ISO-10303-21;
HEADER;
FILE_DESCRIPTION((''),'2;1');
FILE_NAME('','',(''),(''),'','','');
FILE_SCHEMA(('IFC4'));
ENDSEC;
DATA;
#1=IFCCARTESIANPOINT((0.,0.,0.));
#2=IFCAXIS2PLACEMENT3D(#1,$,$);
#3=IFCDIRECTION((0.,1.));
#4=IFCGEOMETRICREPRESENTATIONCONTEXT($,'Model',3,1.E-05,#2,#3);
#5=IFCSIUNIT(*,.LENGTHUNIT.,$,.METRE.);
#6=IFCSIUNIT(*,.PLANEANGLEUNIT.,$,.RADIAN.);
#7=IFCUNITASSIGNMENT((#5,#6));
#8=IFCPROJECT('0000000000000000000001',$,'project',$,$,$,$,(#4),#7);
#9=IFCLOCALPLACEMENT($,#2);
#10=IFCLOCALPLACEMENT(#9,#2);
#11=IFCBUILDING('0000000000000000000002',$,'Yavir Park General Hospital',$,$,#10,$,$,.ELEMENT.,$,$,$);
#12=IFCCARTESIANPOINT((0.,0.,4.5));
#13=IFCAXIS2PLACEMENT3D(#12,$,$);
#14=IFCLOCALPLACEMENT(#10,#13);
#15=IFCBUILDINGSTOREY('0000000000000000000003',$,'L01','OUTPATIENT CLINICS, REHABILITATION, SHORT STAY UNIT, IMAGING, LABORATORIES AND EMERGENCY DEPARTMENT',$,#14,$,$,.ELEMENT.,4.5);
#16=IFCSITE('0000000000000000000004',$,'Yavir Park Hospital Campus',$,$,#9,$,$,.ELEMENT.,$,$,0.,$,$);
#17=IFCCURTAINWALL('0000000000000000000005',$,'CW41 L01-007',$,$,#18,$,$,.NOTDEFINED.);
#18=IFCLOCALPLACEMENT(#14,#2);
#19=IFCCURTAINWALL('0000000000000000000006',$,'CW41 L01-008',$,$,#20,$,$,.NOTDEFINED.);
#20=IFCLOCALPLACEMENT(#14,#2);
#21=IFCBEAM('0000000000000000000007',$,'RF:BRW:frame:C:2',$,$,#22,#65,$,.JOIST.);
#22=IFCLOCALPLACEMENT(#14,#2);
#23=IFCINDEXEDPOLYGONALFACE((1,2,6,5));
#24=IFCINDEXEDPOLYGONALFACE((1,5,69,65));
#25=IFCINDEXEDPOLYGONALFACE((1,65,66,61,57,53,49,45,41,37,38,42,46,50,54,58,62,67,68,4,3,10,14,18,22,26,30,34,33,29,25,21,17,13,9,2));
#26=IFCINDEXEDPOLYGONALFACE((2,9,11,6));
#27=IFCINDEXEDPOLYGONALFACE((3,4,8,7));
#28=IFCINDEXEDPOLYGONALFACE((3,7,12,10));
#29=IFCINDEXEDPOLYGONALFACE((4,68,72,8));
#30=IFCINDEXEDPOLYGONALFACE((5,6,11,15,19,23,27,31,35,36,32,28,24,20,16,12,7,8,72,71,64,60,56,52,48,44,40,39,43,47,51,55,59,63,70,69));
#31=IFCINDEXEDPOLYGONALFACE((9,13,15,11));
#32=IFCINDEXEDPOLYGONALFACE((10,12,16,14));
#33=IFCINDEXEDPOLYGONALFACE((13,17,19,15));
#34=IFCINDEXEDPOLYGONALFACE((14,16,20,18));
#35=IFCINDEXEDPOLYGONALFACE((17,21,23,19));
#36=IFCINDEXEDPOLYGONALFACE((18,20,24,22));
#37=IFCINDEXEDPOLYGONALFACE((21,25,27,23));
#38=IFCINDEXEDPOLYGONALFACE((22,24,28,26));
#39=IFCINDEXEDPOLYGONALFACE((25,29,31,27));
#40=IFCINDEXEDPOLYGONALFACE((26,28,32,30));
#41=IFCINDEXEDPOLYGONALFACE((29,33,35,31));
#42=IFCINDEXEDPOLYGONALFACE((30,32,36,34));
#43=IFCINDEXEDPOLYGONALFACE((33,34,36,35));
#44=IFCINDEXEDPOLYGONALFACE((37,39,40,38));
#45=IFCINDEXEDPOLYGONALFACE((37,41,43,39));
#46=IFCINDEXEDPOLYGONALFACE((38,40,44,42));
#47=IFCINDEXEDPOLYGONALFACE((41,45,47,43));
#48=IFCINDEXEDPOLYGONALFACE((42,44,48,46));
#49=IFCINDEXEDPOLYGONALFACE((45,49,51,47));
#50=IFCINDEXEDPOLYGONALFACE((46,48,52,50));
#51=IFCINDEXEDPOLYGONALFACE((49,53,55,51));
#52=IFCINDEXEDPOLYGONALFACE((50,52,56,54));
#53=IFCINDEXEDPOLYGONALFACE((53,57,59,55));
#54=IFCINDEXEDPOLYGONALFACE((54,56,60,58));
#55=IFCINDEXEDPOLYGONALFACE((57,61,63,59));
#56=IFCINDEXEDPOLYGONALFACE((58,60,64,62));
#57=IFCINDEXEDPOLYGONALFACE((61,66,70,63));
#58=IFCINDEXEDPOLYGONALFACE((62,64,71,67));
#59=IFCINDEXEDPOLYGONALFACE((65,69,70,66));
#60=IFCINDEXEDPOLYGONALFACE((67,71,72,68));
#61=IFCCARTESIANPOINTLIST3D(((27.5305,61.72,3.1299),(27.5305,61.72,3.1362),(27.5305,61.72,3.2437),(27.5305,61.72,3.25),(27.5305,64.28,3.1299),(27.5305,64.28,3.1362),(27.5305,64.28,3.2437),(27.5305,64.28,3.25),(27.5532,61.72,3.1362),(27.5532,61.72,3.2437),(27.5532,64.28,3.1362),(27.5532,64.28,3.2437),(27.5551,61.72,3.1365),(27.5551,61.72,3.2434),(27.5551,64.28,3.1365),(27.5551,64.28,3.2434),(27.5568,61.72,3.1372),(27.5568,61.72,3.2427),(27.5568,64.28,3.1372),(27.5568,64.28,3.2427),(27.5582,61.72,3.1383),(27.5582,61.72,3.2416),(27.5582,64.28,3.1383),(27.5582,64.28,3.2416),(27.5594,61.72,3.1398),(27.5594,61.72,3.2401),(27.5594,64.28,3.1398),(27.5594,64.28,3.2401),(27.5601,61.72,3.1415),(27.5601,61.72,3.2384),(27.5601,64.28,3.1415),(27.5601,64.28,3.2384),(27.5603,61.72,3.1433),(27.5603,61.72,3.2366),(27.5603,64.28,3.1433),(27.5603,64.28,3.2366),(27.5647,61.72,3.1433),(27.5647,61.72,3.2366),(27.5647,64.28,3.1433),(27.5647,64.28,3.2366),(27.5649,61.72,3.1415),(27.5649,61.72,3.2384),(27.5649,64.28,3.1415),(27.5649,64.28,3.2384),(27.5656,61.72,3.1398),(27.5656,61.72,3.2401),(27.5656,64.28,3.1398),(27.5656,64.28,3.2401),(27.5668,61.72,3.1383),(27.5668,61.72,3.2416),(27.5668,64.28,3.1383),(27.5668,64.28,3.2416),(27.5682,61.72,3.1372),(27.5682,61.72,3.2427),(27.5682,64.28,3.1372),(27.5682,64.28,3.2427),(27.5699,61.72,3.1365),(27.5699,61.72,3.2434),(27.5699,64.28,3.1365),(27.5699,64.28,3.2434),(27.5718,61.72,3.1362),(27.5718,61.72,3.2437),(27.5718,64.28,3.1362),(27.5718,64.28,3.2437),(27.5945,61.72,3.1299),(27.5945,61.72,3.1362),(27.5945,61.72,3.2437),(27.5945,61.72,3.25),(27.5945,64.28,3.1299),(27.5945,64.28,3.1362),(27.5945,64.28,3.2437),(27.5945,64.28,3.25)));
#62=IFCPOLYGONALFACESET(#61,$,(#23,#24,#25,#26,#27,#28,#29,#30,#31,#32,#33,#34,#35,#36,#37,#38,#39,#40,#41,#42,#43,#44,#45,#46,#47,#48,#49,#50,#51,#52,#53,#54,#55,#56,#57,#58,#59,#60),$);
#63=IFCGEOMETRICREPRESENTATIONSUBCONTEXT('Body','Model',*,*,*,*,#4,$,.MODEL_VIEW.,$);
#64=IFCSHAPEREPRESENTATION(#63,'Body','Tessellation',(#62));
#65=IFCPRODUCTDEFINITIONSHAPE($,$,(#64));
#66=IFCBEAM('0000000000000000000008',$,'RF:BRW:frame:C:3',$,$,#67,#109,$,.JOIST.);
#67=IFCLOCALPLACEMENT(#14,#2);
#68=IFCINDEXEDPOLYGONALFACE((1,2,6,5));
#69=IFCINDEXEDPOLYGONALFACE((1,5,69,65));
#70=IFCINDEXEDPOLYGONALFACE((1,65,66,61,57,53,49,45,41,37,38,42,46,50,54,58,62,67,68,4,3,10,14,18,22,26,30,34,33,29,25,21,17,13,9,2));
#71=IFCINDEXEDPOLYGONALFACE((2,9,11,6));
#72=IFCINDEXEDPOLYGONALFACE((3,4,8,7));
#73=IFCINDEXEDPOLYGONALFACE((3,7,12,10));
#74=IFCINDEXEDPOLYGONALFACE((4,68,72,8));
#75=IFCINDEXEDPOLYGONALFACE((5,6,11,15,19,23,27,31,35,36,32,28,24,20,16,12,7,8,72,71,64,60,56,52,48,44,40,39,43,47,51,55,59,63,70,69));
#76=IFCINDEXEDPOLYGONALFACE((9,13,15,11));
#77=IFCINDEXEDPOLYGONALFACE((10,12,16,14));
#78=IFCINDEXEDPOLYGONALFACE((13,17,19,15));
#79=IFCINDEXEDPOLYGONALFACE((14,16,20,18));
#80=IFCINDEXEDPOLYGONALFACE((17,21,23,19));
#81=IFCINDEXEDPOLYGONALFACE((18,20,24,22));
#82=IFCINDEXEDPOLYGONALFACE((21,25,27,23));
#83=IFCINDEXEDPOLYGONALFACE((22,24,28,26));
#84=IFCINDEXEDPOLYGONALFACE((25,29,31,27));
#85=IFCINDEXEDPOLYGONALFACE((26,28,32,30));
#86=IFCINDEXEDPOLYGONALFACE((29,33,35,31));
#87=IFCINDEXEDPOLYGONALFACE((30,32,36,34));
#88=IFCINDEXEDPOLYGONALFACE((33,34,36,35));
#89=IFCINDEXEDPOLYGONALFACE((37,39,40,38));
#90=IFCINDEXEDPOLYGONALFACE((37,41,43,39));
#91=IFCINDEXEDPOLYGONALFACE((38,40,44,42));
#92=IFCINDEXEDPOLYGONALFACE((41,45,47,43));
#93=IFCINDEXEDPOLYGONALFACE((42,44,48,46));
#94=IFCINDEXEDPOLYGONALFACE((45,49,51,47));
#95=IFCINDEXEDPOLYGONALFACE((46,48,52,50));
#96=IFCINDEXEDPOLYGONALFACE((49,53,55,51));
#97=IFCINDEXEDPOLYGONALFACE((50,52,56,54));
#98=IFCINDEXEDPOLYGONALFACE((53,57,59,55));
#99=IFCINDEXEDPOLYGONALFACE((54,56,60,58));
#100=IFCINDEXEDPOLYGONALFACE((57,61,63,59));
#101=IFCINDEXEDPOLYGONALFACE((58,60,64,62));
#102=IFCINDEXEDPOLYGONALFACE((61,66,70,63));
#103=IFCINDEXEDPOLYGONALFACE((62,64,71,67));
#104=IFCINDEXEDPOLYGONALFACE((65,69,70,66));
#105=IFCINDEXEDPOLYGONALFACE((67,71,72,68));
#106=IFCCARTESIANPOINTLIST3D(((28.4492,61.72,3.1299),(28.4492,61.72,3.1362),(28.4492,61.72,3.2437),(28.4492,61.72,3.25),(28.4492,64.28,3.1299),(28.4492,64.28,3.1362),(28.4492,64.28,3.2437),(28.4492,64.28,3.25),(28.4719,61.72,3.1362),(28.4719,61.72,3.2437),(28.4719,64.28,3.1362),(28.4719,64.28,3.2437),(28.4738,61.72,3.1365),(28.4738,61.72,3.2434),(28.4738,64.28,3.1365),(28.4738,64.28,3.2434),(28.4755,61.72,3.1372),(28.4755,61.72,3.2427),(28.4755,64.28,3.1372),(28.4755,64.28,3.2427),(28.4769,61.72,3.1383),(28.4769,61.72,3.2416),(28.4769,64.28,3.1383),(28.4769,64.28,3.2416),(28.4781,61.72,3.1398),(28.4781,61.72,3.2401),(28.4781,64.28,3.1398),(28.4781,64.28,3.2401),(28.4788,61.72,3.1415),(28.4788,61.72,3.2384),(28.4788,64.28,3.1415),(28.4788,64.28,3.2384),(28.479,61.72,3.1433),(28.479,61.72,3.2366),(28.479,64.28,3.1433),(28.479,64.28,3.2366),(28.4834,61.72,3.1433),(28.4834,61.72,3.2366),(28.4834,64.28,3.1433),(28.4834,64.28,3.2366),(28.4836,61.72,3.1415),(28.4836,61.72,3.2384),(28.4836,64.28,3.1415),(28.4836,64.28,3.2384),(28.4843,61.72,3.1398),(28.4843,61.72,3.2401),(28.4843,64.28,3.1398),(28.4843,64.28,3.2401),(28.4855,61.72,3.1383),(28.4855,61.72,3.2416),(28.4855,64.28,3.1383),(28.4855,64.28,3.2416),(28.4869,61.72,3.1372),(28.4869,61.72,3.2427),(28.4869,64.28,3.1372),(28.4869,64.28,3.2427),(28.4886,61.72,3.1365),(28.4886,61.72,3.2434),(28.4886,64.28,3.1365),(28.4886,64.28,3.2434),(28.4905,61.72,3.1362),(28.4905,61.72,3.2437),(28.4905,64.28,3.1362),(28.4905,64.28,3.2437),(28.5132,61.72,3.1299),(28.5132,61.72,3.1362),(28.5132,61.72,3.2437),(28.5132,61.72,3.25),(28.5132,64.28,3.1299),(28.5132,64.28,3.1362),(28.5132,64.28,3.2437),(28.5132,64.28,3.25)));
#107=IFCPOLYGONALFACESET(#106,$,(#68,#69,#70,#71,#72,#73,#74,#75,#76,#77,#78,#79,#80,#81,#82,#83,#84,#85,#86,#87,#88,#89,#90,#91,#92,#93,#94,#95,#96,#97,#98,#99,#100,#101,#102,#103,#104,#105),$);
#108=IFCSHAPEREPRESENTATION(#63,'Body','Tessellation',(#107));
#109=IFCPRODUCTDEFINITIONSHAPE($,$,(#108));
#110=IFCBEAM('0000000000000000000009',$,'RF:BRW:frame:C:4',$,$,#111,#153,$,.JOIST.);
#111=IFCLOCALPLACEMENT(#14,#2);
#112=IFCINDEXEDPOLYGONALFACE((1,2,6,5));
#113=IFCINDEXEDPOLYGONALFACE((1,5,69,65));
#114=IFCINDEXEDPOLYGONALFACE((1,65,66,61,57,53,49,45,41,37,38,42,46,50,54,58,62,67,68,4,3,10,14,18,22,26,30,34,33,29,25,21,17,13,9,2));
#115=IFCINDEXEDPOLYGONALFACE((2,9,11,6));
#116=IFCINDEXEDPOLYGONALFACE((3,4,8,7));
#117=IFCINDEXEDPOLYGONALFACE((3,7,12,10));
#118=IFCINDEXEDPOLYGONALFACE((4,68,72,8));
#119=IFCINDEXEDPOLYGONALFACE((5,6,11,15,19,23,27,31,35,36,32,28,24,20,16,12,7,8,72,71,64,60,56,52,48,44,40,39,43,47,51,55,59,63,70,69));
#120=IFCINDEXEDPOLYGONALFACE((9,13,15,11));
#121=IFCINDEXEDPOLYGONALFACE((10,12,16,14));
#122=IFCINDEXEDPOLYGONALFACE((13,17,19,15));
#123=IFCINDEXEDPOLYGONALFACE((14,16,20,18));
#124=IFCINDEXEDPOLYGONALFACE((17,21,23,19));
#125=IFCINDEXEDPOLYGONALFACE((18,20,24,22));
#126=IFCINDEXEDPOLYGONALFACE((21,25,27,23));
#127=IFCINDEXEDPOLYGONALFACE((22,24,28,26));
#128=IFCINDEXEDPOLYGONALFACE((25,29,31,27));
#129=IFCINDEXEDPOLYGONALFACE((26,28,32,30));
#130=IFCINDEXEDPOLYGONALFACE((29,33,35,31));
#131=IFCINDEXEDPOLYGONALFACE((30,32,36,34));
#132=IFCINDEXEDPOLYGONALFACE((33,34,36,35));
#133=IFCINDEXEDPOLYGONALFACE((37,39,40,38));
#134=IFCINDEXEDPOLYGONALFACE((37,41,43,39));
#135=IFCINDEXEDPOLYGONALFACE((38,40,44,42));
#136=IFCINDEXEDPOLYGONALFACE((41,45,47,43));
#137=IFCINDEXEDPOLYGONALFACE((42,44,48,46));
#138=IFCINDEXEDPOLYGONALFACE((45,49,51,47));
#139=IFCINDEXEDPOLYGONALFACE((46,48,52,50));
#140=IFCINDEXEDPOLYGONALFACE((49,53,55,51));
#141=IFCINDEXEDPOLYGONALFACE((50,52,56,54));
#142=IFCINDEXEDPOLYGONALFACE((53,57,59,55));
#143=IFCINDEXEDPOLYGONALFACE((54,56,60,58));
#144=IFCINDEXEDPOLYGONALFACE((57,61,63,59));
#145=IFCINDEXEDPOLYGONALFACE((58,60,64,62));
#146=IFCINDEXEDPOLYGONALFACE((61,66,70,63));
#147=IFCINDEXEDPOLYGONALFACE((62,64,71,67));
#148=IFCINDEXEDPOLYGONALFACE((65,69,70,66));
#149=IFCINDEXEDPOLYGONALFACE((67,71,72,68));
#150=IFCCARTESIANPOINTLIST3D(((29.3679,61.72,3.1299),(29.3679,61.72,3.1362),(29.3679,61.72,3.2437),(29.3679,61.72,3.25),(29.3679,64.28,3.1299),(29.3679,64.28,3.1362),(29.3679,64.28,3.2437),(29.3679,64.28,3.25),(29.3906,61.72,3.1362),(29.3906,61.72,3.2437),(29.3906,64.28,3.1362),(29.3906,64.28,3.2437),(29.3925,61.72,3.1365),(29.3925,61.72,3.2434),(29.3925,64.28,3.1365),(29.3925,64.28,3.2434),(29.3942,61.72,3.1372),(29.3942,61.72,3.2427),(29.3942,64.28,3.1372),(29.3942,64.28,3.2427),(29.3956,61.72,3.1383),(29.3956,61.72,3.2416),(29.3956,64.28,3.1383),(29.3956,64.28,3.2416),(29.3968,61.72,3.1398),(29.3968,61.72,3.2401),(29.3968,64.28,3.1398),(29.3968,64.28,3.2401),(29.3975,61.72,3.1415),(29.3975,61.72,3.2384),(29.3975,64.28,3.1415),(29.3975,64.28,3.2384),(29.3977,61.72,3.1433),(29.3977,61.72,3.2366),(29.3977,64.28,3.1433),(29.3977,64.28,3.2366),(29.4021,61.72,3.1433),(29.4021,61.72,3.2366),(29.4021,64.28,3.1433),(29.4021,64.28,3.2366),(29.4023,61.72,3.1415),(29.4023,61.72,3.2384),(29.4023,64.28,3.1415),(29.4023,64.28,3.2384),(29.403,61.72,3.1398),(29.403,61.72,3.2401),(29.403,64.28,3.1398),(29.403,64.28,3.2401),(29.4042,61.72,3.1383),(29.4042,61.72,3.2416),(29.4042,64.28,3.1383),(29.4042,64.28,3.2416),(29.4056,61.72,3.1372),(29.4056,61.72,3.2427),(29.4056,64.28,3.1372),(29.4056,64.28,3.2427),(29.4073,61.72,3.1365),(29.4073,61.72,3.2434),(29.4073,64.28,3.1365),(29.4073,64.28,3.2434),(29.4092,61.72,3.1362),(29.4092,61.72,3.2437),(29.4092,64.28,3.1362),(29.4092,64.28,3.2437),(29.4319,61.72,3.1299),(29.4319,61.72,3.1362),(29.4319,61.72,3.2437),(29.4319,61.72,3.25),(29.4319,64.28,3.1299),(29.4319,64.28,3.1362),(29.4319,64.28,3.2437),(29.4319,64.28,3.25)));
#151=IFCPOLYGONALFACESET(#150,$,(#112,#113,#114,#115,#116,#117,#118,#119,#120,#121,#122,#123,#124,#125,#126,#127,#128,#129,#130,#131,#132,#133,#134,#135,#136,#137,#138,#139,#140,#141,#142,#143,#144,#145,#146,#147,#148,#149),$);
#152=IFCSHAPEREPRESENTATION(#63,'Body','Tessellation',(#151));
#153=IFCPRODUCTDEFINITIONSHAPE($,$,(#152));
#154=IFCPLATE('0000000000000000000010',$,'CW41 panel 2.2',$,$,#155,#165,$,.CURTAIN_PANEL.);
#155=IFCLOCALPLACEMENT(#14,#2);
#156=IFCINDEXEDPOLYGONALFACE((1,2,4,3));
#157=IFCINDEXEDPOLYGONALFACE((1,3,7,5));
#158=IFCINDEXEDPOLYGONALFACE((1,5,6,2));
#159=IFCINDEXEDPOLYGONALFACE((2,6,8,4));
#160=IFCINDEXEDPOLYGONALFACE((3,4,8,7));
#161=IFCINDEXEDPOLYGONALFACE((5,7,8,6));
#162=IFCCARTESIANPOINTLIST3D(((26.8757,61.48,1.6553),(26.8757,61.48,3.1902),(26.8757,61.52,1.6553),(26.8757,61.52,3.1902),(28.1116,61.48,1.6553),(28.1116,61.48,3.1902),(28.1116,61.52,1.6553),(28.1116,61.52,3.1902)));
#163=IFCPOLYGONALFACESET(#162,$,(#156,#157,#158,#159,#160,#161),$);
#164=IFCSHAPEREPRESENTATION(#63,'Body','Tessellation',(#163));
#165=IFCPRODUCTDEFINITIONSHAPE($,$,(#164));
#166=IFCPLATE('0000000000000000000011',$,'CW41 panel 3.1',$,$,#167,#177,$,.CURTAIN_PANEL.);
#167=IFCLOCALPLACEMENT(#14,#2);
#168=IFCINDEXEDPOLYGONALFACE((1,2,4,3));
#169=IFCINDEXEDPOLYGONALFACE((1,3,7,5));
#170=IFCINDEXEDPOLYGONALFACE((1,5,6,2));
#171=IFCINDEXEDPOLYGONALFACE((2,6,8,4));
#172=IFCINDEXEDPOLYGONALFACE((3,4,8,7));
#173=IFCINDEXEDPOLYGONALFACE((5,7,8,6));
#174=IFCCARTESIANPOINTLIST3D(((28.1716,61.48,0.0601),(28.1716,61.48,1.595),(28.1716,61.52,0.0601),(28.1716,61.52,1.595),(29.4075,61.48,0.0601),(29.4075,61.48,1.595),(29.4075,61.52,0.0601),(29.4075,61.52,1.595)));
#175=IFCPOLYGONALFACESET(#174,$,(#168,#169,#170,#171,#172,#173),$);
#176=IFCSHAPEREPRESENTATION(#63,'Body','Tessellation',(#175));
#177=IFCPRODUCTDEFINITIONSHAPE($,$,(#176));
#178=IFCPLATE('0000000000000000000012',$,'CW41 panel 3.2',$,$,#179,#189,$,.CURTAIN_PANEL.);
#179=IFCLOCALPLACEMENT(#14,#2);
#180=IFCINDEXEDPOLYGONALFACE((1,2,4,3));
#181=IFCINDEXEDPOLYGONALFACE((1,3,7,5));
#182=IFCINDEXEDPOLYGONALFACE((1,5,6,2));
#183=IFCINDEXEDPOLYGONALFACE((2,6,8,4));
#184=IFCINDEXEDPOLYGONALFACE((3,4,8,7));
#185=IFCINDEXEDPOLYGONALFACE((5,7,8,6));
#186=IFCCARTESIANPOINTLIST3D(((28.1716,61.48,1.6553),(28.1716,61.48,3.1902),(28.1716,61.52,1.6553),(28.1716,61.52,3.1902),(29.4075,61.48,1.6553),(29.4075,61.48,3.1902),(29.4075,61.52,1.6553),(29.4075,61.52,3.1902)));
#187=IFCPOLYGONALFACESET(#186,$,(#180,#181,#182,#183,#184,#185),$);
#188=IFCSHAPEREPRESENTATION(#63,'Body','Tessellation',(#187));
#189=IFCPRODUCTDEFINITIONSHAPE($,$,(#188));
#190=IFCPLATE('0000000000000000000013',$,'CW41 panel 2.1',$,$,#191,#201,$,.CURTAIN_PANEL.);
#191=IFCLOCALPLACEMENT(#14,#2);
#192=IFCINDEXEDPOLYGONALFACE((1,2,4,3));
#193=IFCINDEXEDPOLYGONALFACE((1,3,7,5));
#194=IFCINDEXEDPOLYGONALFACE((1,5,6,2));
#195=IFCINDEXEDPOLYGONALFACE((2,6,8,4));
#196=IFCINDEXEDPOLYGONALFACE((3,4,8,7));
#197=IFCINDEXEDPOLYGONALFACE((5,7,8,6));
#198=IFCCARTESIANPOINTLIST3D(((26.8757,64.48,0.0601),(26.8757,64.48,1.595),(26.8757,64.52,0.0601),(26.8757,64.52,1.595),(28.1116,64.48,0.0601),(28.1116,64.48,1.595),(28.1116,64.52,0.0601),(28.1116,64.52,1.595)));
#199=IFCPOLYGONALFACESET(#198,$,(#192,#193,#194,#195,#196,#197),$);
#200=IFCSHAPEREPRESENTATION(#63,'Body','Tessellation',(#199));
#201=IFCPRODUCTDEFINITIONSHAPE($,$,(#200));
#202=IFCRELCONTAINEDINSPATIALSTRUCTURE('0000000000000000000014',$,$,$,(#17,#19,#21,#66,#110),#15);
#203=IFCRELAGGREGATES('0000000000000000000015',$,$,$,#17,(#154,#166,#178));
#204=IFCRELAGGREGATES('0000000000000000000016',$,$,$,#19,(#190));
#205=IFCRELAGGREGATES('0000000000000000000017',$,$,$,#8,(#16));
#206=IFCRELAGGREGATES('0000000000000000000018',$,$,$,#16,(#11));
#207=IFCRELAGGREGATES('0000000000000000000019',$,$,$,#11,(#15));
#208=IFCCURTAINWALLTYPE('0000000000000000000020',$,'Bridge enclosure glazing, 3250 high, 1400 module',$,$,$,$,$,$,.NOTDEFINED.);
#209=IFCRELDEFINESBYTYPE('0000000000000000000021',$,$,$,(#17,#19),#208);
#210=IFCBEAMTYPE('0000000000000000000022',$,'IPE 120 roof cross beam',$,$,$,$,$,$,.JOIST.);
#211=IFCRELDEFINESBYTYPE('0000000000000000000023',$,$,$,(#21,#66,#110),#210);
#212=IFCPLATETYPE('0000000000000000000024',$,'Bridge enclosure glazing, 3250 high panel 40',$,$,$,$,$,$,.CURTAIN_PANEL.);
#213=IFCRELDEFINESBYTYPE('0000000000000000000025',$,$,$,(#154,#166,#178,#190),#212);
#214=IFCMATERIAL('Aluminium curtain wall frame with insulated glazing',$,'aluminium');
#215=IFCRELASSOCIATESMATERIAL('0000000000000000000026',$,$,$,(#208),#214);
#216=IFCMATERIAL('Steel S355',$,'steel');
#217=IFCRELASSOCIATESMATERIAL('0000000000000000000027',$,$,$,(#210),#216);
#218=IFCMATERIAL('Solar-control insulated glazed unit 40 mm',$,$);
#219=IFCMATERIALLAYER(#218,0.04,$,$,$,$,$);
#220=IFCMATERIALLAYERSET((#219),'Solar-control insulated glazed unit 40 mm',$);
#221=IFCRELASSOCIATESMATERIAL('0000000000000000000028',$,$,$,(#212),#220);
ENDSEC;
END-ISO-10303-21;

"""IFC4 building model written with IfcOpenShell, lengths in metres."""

from ifc_helpers import new_model, si_unit, direction, frame, origin, origin_2d, place, context, subcontext, project, spatial, rectangle, i_section, extrude, material, layer, layer_set, material_profile, profile_set, type_object, element, aggregate, save


model = new_model("IFC4")

# Units and contexts
model_context = context("Model", 3, precision=1e-05, world=origin(), true_north=direction((0.0, 1.0)))
body_context = subcontext(model_context, "Body", "Model", "MODEL_VIEW")
ifc_project = project(units=[si_unit("LENGTHUNIT", "METRE"), si_unit("PLANEANGLEUNIT", "RADIAN")], contexts=[model_context])

# Site, building, storey
site_placement = place(None, origin())
site = spatial("IfcSite", under=ifc_project, at=site_placement, Name="Yavir Park Hospital Campus", CompositionType="ELEMENT", RefElevation=0.0)
building_placement = place(site_placement, origin())
building = spatial("IfcBuilding", under=site, at=building_placement, Name="Yavir Park General Hospital", CompositionType="ELEMENT")
storey_placement = place(building_placement, frame((0.0, 0.0, 4.5)))
storey = spatial("IfcBuildingStorey", under=building, at=storey_placement, Name="L01", Description="OUTPATIENT CLINICS, REHABILITATION, SHORT STAY UNIT, IMAGING, LABORATORIES AND EMERGENCY DEPARTMENT", CompositionType="ELEMENT", Elevation=4.5)

# Curtain walls
ifc_material_1 = material(Name="Aluminium curtain wall frame with insulated glazing", Category="aluminium")
curtain_wall_type = type_object("IfcCurtainWallType", Name="Bridge enclosure glazing, 3250 high, 1400 module", PredefinedType="NOTDEFINED", material=ifc_material_1)
curtain_wall_1_placement = place(storey_placement, origin())
curtain_wall_1 = element("IfcCurtainWall", 1, at=curtain_wall_1_placement, inside=storey, type_object=curtain_wall_type, Name="CW41 L01-007", PredefinedType="NOTDEFINED")
curtain_wall_2_placement = place(storey_placement, origin())
curtain_wall_2 = element("IfcCurtainWall", 2, at=curtain_wall_2_placement, inside=storey, type_object=curtain_wall_type, Name="CW41 L01-008", PredefinedType="NOTDEFINED")

# Beams
ifc_material_2 = material(Name="Steel S355", Category="steel")
ifc_material_profile_1 = material_profile(ifc_material_2, i_section(OverallWidth=0.064, OverallDepth=0.1201, WebThickness=0.0044, FlangeThickness=0.0063, FilletRadius=0.0071, at=origin_2d()), Name="IPE120")
ifc_profile_set_1 = profile_set([ifc_material_profile_1], Name="Steel S355")
beam_type_1 = type_object("IfcBeamType", Name="IPE 120 roof cross beam", PredefinedType="JOIST", material=ifc_profile_set_1)
for number, where, z_axis, x_axis, name in (
    (3, (27.5625, 61.72, 3.1899), (0.0, 1.0, 0.0), (-1.0, 0.0, 0.0), "RF:BRW:frame:C:2"),
    (4, (28.4812, 61.72, 3.1899), (0.0, 1.0, 0.0), (-1.0, 0.0, 0.0), "RF:BRW:frame:C:3"),
    (5, (29.3999, 61.72, 3.1899), (0.0, 1.0, 0.0), (-1.0, 0.0, 0.0), "RF:BRW:frame:C:4"),
):
    element("IfcBeam", number, at=place(storey_placement, frame(where, z_axis=z_axis, x_axis=x_axis)), inside=storey, type_object=beam_type_1, Name=name, PredefinedType="JOIST", context=body_context, shape_type="SweptSolid", body=[
        extrude(i_section(OverallWidth=0.064, OverallDepth=0.1201, WebThickness=0.0044, FlangeThickness=0.0063, FilletRadius=0.0071, at=origin_2d()), origin(), (0.0, 0.0, 1.0), 2.5601),
    ])

# Plates
ifc_material_3 = material(Name="Solar-control insulated glazed unit 40 mm")
ifc_layer = layer(ifc_material_3, 0.04)
ifc_layer_set = layer_set([ifc_layer], Name="Solar-control insulated glazed unit 40 mm")
plate_type = type_object("IfcPlateType", Name="Bridge enclosure glazing, 3250 high panel 40", PredefinedType="CURTAIN_PANEL", material=ifc_layer_set)
plate_1_placement = place(storey_placement, frame((27.4937, 61.5, 1.6553), z_axis=(0.0, 0.0, 1.0), x_axis=(1.0, 0.0, 0.0)))
plate_1 = element("IfcPlate", 6, at=plate_1_placement, type_object=plate_type, Name="CW41 panel 2.2", PredefinedType="CURTAIN_PANEL", context=body_context, shape_type="SweptSolid", body=[
    extrude(rectangle(XDim=1.2358, YDim=0.04, at=origin_2d()), origin(), (0.0, 0.0, 1.0), 1.5349),
])
plate_2_placement = place(storey_placement, frame((28.7896, 61.5, 0.0601), z_axis=(0.0, 0.0, 1.0), x_axis=(1.0, 0.0, 0.0)))
plate_2 = element("IfcPlate", 7, at=plate_2_placement, type_object=plate_type, Name="CW41 panel 3.1", PredefinedType="CURTAIN_PANEL", context=body_context, shape_type="SweptSolid", body=[
    extrude(rectangle(XDim=1.2358, YDim=0.04, at=origin_2d()), origin(), (0.0, 0.0, 1.0), 1.5349),
])
plate_3_placement = place(storey_placement, frame((28.7896, 61.5, 1.6553), z_axis=(0.0, 0.0, 1.0), x_axis=(1.0, 0.0, 0.0)))
plate_3 = element("IfcPlate", 8, at=plate_3_placement, type_object=plate_type, Name="CW41 panel 3.2", PredefinedType="CURTAIN_PANEL", context=body_context, shape_type="SweptSolid", body=[
    extrude(rectangle(XDim=1.2358, YDim=0.04, at=origin_2d()), origin(), (0.0, 0.0, 1.0), 1.5349),
])
aggregate(curtain_wall_1, [plate_1, plate_2, plate_3])
plate_4_placement = place(storey_placement, frame((27.4937, 64.5, 0.0601), z_axis=(0.0, 0.0, 1.0), x_axis=(1.0, 0.0, 0.0)))
plate_4 = element("IfcPlate", 9, at=plate_4_placement, type_object=plate_type, Name="CW41 panel 2.1", PredefinedType="CURTAIN_PANEL", context=body_context, shape_type="SweptSolid", body=[
    extrude(rectangle(XDim=1.2358, YDim=0.04, at=origin_2d()), origin(), (0.0, 0.0, 1.0), 1.5349),
])
aggregate(curtain_wall_2, [plate_4])

save(model, "model.ifc")
